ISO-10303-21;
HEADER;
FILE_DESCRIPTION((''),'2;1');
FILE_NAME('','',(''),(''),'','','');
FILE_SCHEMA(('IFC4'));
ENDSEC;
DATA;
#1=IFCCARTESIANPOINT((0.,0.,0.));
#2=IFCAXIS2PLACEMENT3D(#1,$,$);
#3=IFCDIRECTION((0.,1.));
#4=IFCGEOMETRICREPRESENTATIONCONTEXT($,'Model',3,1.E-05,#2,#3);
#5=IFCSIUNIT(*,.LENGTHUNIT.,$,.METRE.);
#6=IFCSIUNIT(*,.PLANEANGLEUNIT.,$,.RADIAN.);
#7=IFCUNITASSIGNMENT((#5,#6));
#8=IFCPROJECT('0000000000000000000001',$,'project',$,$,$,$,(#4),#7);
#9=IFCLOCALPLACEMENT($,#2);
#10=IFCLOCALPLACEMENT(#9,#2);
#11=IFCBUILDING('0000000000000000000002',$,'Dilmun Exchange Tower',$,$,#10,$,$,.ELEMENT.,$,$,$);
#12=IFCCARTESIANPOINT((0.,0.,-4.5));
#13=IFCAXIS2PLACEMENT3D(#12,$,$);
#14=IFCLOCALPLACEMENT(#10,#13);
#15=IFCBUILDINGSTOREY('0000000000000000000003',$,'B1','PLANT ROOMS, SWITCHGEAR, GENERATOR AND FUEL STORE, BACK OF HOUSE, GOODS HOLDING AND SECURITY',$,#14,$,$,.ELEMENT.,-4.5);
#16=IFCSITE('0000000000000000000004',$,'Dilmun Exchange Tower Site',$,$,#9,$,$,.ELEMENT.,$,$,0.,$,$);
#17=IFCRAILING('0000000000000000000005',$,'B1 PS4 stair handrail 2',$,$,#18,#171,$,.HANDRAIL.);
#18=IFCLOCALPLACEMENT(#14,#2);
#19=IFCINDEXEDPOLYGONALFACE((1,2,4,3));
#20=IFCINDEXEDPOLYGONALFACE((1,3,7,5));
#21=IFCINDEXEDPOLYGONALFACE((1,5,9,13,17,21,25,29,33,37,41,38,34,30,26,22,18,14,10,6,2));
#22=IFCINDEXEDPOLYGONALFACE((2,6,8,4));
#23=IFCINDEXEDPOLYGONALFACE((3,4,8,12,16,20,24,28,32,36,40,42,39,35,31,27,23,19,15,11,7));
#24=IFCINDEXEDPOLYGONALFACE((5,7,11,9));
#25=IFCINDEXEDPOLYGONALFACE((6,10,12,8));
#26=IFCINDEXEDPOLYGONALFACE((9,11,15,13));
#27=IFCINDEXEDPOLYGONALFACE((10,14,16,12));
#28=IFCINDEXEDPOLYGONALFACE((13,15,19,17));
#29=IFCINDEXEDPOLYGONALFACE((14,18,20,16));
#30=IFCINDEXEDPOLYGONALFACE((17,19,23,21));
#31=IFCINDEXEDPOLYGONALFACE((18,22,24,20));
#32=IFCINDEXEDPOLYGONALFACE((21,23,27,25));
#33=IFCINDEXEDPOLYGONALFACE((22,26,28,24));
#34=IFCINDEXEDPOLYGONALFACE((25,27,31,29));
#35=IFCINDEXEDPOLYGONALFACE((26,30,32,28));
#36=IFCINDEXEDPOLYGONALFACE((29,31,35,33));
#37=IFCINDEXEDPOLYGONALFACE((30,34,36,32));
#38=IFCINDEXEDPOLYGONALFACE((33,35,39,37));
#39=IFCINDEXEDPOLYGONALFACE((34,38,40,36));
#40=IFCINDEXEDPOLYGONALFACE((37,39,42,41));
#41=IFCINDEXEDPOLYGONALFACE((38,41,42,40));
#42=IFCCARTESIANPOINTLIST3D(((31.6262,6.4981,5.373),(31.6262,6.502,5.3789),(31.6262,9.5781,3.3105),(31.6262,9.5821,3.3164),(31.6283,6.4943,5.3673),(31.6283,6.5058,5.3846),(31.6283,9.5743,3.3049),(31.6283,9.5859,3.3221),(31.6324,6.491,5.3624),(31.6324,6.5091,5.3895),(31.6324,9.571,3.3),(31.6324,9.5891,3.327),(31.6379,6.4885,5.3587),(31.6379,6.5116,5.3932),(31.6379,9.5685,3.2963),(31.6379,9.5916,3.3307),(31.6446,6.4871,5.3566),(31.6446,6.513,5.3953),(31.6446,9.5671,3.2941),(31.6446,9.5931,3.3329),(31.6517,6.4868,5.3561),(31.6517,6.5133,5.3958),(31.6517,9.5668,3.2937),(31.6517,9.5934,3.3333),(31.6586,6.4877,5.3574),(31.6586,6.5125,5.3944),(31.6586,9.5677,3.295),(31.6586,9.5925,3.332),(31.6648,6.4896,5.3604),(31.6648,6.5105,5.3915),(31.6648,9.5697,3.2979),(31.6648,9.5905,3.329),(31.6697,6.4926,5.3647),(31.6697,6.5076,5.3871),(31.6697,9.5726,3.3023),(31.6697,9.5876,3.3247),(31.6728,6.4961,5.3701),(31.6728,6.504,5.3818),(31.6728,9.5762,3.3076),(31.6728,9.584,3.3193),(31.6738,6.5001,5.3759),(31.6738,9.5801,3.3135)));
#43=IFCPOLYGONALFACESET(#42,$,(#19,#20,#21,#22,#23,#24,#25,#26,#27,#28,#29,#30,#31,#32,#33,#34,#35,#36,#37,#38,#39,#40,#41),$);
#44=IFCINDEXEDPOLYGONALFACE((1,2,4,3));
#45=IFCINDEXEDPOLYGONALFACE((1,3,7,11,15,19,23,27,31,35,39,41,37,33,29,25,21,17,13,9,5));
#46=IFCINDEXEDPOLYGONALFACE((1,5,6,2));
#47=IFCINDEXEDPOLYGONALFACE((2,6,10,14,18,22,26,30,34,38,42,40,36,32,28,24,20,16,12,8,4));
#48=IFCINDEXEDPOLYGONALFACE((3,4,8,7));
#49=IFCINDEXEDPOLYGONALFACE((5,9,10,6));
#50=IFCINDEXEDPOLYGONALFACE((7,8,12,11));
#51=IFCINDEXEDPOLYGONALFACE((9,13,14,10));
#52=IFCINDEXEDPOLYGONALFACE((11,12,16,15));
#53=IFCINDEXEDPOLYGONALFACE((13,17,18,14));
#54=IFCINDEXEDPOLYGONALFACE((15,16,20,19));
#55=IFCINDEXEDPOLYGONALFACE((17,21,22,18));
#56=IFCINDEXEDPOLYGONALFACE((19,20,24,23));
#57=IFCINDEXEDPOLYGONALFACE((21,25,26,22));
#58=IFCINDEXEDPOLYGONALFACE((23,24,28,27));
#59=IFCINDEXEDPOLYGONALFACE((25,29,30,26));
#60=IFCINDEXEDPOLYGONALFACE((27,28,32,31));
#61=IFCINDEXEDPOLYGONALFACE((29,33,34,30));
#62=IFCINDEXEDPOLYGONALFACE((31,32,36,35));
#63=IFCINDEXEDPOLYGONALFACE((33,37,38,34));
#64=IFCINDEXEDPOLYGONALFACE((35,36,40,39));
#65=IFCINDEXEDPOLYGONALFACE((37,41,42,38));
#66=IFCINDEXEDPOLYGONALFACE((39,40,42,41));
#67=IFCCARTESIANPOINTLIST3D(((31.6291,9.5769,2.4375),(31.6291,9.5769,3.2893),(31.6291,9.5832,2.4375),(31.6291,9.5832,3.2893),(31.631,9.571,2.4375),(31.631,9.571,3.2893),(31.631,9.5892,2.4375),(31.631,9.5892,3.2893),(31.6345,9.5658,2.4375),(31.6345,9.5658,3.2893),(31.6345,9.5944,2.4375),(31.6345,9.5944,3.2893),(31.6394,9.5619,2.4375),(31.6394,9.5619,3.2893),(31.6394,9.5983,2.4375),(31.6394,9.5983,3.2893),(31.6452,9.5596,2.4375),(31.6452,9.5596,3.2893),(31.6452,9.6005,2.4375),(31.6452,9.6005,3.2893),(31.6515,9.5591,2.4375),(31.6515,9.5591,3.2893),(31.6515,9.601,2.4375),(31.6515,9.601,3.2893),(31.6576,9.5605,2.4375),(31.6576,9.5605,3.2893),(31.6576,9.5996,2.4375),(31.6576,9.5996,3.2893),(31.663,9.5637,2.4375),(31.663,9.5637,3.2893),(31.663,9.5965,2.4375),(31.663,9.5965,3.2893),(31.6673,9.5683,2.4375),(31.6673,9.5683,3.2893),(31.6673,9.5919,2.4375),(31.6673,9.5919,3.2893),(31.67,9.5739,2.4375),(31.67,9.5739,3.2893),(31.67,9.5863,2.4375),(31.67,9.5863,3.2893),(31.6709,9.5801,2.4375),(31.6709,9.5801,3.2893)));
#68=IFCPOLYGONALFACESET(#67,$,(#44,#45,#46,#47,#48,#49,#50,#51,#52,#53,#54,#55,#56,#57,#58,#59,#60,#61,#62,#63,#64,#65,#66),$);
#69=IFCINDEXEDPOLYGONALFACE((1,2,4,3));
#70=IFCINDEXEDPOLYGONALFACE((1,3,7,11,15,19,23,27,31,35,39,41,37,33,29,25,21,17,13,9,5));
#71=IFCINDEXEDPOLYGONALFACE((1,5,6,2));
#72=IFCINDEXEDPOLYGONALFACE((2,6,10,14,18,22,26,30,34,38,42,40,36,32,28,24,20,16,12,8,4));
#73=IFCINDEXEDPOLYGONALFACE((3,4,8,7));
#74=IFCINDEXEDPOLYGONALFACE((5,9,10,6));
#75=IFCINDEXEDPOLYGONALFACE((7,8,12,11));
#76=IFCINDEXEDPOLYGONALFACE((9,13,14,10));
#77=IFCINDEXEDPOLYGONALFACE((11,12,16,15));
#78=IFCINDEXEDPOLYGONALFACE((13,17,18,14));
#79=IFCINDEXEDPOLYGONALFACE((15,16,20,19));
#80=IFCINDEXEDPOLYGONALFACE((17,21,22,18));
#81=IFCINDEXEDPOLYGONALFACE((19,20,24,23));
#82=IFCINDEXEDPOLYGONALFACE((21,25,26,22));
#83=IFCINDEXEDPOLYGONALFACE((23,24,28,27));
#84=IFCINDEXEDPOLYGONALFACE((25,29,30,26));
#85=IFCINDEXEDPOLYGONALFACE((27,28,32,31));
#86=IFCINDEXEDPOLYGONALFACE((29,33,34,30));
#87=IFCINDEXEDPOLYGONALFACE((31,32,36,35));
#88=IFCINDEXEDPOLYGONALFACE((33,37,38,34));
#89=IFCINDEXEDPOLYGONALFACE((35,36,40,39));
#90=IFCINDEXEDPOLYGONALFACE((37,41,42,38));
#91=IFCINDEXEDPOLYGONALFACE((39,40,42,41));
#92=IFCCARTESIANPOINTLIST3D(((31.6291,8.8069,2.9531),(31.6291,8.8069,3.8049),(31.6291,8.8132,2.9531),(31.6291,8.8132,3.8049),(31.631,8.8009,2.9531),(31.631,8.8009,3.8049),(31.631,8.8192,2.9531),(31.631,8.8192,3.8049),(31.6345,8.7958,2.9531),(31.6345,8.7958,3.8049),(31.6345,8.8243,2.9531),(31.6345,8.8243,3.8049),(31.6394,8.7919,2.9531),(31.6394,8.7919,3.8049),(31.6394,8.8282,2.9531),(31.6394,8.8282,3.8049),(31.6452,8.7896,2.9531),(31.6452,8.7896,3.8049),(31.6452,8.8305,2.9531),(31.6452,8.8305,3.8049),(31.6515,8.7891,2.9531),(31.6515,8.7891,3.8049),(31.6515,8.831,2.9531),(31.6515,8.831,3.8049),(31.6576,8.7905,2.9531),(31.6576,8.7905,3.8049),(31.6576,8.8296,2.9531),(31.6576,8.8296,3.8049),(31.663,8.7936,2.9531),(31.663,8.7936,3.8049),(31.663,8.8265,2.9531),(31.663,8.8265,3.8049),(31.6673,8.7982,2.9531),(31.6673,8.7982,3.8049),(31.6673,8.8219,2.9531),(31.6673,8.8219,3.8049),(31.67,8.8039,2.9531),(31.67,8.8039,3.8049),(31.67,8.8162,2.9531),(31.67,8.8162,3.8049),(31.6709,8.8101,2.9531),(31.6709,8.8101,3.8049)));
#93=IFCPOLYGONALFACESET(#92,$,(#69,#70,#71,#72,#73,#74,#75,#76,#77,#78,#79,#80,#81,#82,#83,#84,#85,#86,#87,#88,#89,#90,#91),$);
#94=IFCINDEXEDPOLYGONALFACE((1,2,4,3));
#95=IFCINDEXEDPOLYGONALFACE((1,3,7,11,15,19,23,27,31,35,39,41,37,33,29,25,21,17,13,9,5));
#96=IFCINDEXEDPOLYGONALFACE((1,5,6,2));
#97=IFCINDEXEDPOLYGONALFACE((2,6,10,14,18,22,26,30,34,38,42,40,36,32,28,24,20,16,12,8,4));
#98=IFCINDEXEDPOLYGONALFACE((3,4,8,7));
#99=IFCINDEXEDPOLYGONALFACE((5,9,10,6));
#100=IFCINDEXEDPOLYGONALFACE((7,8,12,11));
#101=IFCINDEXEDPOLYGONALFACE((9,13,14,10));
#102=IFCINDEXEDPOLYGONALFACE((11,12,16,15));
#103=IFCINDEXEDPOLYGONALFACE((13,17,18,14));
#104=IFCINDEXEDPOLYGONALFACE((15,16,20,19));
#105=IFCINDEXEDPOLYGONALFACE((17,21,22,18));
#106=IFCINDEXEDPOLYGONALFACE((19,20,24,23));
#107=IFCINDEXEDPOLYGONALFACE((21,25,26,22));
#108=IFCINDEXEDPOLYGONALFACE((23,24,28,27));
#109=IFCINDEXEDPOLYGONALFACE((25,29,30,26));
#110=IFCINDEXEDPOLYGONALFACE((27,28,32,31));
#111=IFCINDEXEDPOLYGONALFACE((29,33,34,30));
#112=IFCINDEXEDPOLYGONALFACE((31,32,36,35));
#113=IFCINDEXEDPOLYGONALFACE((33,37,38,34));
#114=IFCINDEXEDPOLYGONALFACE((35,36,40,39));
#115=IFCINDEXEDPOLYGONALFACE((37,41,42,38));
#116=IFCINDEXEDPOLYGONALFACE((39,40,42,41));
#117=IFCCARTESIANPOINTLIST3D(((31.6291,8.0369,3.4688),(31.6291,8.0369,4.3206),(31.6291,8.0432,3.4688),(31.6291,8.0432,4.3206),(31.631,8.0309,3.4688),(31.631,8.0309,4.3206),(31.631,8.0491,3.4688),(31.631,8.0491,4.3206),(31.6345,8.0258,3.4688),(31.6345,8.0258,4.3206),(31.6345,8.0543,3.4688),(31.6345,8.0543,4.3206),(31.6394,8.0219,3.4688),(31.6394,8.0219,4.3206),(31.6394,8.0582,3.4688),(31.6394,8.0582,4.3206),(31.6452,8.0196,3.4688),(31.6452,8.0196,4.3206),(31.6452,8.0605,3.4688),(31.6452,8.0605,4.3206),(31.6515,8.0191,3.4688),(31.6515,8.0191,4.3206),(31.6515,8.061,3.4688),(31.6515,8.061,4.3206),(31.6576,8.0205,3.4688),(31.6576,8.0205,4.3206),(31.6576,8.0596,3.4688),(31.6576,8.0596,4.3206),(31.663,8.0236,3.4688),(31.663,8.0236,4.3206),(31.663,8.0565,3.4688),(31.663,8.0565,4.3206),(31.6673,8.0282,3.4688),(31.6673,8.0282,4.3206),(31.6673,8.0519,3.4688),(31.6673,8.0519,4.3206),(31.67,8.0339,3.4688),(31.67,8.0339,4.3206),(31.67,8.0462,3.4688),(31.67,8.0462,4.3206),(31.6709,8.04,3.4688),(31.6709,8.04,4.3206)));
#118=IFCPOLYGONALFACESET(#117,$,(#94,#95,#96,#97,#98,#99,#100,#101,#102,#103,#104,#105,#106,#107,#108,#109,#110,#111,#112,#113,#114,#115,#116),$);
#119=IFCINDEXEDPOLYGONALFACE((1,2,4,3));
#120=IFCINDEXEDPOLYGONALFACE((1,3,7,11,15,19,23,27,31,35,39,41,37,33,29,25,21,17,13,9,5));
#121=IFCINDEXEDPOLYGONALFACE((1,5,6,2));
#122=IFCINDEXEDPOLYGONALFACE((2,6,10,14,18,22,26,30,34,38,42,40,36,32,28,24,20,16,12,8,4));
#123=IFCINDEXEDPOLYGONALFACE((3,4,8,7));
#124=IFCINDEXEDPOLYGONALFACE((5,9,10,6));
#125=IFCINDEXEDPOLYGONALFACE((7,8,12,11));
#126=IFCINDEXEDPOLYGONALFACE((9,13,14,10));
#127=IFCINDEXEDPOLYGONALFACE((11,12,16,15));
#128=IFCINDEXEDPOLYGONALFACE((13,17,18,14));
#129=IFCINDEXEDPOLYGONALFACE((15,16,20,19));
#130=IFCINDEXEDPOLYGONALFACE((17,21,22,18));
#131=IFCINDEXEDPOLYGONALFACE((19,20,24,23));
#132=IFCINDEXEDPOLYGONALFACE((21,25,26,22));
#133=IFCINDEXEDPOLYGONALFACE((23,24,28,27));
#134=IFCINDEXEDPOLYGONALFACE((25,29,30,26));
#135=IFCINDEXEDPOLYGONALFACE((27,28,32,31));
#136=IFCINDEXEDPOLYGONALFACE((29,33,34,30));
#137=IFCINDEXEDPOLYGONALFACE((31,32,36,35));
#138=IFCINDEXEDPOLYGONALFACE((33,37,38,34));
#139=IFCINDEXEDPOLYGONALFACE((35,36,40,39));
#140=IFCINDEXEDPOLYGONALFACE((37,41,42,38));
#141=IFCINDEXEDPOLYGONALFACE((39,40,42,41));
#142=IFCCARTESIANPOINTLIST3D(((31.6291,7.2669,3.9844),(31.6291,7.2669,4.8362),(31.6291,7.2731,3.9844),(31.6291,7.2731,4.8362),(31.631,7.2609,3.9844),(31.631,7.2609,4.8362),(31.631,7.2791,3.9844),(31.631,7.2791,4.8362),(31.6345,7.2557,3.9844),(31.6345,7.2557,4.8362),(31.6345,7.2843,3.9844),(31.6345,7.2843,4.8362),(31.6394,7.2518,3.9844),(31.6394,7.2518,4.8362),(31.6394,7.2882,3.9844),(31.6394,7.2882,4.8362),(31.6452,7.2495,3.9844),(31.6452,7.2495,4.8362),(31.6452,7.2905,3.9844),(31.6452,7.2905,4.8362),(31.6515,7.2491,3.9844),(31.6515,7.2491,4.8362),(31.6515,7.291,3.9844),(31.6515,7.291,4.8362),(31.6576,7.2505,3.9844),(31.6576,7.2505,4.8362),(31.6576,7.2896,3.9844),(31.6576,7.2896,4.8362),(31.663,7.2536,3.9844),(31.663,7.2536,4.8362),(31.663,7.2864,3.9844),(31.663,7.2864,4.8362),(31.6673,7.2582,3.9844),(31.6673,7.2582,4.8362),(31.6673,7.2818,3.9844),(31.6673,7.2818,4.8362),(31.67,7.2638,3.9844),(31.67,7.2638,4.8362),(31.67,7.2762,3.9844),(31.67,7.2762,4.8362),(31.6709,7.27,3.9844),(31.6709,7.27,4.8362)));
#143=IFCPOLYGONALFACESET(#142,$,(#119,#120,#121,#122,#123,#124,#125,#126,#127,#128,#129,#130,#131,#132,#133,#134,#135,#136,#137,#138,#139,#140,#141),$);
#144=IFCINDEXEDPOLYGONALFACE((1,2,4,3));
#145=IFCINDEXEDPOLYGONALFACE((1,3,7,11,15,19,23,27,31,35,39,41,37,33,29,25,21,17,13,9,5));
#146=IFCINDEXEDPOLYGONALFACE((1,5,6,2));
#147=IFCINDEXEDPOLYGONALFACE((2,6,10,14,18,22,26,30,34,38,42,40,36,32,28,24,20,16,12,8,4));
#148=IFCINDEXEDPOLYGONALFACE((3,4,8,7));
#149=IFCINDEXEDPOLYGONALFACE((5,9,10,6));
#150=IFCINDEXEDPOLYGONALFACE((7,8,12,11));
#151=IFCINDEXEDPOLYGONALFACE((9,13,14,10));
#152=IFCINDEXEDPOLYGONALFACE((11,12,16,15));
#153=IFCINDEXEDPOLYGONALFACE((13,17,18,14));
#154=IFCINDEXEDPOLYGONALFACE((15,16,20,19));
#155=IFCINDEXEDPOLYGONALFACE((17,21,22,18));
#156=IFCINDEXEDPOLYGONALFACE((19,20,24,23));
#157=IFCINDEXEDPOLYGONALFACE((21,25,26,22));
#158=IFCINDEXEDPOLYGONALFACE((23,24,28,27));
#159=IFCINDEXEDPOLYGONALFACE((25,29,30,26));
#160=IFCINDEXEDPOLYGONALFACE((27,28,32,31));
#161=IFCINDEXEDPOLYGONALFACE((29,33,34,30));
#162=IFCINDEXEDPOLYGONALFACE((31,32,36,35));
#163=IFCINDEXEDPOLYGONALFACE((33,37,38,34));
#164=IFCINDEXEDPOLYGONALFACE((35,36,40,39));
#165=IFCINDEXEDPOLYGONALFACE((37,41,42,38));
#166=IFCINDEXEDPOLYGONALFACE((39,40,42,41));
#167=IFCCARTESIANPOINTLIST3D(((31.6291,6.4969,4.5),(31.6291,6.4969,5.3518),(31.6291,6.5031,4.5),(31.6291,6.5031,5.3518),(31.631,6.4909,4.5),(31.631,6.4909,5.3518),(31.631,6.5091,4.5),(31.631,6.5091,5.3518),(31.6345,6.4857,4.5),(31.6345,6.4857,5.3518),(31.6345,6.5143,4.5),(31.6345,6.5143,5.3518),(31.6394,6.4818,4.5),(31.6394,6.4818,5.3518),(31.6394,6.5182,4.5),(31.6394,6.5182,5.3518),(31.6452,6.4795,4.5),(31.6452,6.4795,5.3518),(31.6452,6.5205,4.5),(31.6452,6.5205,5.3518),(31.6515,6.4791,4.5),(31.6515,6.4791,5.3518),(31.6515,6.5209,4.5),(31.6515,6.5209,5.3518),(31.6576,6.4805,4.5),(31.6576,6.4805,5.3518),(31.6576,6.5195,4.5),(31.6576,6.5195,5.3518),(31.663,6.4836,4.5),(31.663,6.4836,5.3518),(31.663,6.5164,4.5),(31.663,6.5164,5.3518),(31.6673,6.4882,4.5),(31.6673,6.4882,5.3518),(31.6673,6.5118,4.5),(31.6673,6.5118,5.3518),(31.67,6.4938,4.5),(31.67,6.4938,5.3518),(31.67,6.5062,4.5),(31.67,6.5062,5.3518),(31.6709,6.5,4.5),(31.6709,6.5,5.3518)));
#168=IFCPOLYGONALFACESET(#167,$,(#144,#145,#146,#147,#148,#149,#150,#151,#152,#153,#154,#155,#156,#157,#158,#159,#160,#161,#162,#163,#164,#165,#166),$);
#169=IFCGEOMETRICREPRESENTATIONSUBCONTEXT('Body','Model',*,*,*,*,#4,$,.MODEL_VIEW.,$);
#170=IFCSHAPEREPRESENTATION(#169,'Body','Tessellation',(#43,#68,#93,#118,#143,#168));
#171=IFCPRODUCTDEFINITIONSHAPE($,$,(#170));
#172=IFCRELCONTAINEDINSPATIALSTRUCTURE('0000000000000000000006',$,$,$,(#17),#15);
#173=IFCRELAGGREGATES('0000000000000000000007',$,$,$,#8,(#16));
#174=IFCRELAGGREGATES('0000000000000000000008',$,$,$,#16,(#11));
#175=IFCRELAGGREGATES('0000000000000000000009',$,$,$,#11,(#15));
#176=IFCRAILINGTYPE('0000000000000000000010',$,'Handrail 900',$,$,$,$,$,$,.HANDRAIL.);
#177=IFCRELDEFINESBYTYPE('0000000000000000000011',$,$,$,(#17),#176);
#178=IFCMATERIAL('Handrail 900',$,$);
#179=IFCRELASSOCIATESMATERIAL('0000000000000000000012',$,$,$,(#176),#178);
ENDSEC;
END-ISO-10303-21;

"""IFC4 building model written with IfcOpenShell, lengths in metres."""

from ifc_helpers import new_model, si_unit, direction, frame, origin, origin_2d, place, context, subcontext, project, spatial, circle, extrude, material, type_object, element, save


model = new_model("IFC4")

# Units and contexts
model_context = context("Model", 3, precision=1e-05, world=origin(), true_north=direction((0.0, 1.0)))
body_context = subcontext(model_context, "Body", "Model", "MODEL_VIEW")
ifc_project = project(units=[si_unit("LENGTHUNIT", "METRE"), si_unit("PLANEANGLEUNIT", "RADIAN")], contexts=[model_context])

# Site, building, storey
site_placement = place(None, origin())
site = spatial("IfcSite", under=ifc_project, at=site_placement, Name="Dilmun Exchange Tower Site", CompositionType="ELEMENT", RefElevation=0.0)
building_placement = place(site_placement, origin())
building = spatial("IfcBuilding", under=site, at=building_placement, Name="Dilmun Exchange Tower", CompositionType="ELEMENT")
storey_placement = place(building_placement, frame((0.0, 0.0, -4.5)))
storey = spatial("IfcBuildingStorey", under=building, at=storey_placement, Name="B1", Description="PLANT ROOMS, SWITCHGEAR, GENERATOR AND FUEL STORE, BACK OF HOUSE, GOODS HOLDING AND SECURITY", CompositionType="ELEMENT", Elevation=-4.5)

# Railing
ifc_material_1 = material(Name="Handrail 900")
railing_type_1 = type_object("IfcRailingType", Name="Handrail 900", PredefinedType="HANDRAIL", material=ifc_material_1)
railing_1_placement = place(storey_placement, frame((31.6499, 9.5801, 2.4375)))
element("IfcRailing", 1, at=railing_1_placement, inside=storey, type_object=railing_type_1, Name="B1 PS4 stair handrail 2", PredefinedType="HANDRAIL", context=body_context, shape_type="SweptSolid", body=[
    extrude(circle(Radius=0.0239, at=origin_2d()), frame((0.0, 0.0, 0.876), z_axis=(0.0, -0.830914, 0.556401), x_axis=(1.0, 0.0, 0.0)), (0.0, 0.0, 1.0), 3.7068),
    extrude(circle(Radius=0.021, at=origin_2d()), origin(), (0.0, 0.0, 1.0), 0.8518),
    extrude(circle(Radius=0.021, at=origin_2d()), frame((0.0, -0.77, 0.5156)), (0.0, 0.0, 1.0), 0.8518),
    extrude(circle(Radius=0.021, at=origin_2d()), frame((0.0, -1.54, 1.0312)), (0.0, 0.0, 1.0), 0.8518),
    extrude(circle(Radius=0.021, at=origin_2d()), frame((0.0, -2.3101, 1.5469)), (0.0, 0.0, 1.0), 0.8518),
    extrude(circle(Radius=0.021, at=origin_2d()), frame((0.0, -3.0801, 2.0625)), (0.0, 0.0, 1.0), 0.8518),
])

save(model, "model.ifc")
